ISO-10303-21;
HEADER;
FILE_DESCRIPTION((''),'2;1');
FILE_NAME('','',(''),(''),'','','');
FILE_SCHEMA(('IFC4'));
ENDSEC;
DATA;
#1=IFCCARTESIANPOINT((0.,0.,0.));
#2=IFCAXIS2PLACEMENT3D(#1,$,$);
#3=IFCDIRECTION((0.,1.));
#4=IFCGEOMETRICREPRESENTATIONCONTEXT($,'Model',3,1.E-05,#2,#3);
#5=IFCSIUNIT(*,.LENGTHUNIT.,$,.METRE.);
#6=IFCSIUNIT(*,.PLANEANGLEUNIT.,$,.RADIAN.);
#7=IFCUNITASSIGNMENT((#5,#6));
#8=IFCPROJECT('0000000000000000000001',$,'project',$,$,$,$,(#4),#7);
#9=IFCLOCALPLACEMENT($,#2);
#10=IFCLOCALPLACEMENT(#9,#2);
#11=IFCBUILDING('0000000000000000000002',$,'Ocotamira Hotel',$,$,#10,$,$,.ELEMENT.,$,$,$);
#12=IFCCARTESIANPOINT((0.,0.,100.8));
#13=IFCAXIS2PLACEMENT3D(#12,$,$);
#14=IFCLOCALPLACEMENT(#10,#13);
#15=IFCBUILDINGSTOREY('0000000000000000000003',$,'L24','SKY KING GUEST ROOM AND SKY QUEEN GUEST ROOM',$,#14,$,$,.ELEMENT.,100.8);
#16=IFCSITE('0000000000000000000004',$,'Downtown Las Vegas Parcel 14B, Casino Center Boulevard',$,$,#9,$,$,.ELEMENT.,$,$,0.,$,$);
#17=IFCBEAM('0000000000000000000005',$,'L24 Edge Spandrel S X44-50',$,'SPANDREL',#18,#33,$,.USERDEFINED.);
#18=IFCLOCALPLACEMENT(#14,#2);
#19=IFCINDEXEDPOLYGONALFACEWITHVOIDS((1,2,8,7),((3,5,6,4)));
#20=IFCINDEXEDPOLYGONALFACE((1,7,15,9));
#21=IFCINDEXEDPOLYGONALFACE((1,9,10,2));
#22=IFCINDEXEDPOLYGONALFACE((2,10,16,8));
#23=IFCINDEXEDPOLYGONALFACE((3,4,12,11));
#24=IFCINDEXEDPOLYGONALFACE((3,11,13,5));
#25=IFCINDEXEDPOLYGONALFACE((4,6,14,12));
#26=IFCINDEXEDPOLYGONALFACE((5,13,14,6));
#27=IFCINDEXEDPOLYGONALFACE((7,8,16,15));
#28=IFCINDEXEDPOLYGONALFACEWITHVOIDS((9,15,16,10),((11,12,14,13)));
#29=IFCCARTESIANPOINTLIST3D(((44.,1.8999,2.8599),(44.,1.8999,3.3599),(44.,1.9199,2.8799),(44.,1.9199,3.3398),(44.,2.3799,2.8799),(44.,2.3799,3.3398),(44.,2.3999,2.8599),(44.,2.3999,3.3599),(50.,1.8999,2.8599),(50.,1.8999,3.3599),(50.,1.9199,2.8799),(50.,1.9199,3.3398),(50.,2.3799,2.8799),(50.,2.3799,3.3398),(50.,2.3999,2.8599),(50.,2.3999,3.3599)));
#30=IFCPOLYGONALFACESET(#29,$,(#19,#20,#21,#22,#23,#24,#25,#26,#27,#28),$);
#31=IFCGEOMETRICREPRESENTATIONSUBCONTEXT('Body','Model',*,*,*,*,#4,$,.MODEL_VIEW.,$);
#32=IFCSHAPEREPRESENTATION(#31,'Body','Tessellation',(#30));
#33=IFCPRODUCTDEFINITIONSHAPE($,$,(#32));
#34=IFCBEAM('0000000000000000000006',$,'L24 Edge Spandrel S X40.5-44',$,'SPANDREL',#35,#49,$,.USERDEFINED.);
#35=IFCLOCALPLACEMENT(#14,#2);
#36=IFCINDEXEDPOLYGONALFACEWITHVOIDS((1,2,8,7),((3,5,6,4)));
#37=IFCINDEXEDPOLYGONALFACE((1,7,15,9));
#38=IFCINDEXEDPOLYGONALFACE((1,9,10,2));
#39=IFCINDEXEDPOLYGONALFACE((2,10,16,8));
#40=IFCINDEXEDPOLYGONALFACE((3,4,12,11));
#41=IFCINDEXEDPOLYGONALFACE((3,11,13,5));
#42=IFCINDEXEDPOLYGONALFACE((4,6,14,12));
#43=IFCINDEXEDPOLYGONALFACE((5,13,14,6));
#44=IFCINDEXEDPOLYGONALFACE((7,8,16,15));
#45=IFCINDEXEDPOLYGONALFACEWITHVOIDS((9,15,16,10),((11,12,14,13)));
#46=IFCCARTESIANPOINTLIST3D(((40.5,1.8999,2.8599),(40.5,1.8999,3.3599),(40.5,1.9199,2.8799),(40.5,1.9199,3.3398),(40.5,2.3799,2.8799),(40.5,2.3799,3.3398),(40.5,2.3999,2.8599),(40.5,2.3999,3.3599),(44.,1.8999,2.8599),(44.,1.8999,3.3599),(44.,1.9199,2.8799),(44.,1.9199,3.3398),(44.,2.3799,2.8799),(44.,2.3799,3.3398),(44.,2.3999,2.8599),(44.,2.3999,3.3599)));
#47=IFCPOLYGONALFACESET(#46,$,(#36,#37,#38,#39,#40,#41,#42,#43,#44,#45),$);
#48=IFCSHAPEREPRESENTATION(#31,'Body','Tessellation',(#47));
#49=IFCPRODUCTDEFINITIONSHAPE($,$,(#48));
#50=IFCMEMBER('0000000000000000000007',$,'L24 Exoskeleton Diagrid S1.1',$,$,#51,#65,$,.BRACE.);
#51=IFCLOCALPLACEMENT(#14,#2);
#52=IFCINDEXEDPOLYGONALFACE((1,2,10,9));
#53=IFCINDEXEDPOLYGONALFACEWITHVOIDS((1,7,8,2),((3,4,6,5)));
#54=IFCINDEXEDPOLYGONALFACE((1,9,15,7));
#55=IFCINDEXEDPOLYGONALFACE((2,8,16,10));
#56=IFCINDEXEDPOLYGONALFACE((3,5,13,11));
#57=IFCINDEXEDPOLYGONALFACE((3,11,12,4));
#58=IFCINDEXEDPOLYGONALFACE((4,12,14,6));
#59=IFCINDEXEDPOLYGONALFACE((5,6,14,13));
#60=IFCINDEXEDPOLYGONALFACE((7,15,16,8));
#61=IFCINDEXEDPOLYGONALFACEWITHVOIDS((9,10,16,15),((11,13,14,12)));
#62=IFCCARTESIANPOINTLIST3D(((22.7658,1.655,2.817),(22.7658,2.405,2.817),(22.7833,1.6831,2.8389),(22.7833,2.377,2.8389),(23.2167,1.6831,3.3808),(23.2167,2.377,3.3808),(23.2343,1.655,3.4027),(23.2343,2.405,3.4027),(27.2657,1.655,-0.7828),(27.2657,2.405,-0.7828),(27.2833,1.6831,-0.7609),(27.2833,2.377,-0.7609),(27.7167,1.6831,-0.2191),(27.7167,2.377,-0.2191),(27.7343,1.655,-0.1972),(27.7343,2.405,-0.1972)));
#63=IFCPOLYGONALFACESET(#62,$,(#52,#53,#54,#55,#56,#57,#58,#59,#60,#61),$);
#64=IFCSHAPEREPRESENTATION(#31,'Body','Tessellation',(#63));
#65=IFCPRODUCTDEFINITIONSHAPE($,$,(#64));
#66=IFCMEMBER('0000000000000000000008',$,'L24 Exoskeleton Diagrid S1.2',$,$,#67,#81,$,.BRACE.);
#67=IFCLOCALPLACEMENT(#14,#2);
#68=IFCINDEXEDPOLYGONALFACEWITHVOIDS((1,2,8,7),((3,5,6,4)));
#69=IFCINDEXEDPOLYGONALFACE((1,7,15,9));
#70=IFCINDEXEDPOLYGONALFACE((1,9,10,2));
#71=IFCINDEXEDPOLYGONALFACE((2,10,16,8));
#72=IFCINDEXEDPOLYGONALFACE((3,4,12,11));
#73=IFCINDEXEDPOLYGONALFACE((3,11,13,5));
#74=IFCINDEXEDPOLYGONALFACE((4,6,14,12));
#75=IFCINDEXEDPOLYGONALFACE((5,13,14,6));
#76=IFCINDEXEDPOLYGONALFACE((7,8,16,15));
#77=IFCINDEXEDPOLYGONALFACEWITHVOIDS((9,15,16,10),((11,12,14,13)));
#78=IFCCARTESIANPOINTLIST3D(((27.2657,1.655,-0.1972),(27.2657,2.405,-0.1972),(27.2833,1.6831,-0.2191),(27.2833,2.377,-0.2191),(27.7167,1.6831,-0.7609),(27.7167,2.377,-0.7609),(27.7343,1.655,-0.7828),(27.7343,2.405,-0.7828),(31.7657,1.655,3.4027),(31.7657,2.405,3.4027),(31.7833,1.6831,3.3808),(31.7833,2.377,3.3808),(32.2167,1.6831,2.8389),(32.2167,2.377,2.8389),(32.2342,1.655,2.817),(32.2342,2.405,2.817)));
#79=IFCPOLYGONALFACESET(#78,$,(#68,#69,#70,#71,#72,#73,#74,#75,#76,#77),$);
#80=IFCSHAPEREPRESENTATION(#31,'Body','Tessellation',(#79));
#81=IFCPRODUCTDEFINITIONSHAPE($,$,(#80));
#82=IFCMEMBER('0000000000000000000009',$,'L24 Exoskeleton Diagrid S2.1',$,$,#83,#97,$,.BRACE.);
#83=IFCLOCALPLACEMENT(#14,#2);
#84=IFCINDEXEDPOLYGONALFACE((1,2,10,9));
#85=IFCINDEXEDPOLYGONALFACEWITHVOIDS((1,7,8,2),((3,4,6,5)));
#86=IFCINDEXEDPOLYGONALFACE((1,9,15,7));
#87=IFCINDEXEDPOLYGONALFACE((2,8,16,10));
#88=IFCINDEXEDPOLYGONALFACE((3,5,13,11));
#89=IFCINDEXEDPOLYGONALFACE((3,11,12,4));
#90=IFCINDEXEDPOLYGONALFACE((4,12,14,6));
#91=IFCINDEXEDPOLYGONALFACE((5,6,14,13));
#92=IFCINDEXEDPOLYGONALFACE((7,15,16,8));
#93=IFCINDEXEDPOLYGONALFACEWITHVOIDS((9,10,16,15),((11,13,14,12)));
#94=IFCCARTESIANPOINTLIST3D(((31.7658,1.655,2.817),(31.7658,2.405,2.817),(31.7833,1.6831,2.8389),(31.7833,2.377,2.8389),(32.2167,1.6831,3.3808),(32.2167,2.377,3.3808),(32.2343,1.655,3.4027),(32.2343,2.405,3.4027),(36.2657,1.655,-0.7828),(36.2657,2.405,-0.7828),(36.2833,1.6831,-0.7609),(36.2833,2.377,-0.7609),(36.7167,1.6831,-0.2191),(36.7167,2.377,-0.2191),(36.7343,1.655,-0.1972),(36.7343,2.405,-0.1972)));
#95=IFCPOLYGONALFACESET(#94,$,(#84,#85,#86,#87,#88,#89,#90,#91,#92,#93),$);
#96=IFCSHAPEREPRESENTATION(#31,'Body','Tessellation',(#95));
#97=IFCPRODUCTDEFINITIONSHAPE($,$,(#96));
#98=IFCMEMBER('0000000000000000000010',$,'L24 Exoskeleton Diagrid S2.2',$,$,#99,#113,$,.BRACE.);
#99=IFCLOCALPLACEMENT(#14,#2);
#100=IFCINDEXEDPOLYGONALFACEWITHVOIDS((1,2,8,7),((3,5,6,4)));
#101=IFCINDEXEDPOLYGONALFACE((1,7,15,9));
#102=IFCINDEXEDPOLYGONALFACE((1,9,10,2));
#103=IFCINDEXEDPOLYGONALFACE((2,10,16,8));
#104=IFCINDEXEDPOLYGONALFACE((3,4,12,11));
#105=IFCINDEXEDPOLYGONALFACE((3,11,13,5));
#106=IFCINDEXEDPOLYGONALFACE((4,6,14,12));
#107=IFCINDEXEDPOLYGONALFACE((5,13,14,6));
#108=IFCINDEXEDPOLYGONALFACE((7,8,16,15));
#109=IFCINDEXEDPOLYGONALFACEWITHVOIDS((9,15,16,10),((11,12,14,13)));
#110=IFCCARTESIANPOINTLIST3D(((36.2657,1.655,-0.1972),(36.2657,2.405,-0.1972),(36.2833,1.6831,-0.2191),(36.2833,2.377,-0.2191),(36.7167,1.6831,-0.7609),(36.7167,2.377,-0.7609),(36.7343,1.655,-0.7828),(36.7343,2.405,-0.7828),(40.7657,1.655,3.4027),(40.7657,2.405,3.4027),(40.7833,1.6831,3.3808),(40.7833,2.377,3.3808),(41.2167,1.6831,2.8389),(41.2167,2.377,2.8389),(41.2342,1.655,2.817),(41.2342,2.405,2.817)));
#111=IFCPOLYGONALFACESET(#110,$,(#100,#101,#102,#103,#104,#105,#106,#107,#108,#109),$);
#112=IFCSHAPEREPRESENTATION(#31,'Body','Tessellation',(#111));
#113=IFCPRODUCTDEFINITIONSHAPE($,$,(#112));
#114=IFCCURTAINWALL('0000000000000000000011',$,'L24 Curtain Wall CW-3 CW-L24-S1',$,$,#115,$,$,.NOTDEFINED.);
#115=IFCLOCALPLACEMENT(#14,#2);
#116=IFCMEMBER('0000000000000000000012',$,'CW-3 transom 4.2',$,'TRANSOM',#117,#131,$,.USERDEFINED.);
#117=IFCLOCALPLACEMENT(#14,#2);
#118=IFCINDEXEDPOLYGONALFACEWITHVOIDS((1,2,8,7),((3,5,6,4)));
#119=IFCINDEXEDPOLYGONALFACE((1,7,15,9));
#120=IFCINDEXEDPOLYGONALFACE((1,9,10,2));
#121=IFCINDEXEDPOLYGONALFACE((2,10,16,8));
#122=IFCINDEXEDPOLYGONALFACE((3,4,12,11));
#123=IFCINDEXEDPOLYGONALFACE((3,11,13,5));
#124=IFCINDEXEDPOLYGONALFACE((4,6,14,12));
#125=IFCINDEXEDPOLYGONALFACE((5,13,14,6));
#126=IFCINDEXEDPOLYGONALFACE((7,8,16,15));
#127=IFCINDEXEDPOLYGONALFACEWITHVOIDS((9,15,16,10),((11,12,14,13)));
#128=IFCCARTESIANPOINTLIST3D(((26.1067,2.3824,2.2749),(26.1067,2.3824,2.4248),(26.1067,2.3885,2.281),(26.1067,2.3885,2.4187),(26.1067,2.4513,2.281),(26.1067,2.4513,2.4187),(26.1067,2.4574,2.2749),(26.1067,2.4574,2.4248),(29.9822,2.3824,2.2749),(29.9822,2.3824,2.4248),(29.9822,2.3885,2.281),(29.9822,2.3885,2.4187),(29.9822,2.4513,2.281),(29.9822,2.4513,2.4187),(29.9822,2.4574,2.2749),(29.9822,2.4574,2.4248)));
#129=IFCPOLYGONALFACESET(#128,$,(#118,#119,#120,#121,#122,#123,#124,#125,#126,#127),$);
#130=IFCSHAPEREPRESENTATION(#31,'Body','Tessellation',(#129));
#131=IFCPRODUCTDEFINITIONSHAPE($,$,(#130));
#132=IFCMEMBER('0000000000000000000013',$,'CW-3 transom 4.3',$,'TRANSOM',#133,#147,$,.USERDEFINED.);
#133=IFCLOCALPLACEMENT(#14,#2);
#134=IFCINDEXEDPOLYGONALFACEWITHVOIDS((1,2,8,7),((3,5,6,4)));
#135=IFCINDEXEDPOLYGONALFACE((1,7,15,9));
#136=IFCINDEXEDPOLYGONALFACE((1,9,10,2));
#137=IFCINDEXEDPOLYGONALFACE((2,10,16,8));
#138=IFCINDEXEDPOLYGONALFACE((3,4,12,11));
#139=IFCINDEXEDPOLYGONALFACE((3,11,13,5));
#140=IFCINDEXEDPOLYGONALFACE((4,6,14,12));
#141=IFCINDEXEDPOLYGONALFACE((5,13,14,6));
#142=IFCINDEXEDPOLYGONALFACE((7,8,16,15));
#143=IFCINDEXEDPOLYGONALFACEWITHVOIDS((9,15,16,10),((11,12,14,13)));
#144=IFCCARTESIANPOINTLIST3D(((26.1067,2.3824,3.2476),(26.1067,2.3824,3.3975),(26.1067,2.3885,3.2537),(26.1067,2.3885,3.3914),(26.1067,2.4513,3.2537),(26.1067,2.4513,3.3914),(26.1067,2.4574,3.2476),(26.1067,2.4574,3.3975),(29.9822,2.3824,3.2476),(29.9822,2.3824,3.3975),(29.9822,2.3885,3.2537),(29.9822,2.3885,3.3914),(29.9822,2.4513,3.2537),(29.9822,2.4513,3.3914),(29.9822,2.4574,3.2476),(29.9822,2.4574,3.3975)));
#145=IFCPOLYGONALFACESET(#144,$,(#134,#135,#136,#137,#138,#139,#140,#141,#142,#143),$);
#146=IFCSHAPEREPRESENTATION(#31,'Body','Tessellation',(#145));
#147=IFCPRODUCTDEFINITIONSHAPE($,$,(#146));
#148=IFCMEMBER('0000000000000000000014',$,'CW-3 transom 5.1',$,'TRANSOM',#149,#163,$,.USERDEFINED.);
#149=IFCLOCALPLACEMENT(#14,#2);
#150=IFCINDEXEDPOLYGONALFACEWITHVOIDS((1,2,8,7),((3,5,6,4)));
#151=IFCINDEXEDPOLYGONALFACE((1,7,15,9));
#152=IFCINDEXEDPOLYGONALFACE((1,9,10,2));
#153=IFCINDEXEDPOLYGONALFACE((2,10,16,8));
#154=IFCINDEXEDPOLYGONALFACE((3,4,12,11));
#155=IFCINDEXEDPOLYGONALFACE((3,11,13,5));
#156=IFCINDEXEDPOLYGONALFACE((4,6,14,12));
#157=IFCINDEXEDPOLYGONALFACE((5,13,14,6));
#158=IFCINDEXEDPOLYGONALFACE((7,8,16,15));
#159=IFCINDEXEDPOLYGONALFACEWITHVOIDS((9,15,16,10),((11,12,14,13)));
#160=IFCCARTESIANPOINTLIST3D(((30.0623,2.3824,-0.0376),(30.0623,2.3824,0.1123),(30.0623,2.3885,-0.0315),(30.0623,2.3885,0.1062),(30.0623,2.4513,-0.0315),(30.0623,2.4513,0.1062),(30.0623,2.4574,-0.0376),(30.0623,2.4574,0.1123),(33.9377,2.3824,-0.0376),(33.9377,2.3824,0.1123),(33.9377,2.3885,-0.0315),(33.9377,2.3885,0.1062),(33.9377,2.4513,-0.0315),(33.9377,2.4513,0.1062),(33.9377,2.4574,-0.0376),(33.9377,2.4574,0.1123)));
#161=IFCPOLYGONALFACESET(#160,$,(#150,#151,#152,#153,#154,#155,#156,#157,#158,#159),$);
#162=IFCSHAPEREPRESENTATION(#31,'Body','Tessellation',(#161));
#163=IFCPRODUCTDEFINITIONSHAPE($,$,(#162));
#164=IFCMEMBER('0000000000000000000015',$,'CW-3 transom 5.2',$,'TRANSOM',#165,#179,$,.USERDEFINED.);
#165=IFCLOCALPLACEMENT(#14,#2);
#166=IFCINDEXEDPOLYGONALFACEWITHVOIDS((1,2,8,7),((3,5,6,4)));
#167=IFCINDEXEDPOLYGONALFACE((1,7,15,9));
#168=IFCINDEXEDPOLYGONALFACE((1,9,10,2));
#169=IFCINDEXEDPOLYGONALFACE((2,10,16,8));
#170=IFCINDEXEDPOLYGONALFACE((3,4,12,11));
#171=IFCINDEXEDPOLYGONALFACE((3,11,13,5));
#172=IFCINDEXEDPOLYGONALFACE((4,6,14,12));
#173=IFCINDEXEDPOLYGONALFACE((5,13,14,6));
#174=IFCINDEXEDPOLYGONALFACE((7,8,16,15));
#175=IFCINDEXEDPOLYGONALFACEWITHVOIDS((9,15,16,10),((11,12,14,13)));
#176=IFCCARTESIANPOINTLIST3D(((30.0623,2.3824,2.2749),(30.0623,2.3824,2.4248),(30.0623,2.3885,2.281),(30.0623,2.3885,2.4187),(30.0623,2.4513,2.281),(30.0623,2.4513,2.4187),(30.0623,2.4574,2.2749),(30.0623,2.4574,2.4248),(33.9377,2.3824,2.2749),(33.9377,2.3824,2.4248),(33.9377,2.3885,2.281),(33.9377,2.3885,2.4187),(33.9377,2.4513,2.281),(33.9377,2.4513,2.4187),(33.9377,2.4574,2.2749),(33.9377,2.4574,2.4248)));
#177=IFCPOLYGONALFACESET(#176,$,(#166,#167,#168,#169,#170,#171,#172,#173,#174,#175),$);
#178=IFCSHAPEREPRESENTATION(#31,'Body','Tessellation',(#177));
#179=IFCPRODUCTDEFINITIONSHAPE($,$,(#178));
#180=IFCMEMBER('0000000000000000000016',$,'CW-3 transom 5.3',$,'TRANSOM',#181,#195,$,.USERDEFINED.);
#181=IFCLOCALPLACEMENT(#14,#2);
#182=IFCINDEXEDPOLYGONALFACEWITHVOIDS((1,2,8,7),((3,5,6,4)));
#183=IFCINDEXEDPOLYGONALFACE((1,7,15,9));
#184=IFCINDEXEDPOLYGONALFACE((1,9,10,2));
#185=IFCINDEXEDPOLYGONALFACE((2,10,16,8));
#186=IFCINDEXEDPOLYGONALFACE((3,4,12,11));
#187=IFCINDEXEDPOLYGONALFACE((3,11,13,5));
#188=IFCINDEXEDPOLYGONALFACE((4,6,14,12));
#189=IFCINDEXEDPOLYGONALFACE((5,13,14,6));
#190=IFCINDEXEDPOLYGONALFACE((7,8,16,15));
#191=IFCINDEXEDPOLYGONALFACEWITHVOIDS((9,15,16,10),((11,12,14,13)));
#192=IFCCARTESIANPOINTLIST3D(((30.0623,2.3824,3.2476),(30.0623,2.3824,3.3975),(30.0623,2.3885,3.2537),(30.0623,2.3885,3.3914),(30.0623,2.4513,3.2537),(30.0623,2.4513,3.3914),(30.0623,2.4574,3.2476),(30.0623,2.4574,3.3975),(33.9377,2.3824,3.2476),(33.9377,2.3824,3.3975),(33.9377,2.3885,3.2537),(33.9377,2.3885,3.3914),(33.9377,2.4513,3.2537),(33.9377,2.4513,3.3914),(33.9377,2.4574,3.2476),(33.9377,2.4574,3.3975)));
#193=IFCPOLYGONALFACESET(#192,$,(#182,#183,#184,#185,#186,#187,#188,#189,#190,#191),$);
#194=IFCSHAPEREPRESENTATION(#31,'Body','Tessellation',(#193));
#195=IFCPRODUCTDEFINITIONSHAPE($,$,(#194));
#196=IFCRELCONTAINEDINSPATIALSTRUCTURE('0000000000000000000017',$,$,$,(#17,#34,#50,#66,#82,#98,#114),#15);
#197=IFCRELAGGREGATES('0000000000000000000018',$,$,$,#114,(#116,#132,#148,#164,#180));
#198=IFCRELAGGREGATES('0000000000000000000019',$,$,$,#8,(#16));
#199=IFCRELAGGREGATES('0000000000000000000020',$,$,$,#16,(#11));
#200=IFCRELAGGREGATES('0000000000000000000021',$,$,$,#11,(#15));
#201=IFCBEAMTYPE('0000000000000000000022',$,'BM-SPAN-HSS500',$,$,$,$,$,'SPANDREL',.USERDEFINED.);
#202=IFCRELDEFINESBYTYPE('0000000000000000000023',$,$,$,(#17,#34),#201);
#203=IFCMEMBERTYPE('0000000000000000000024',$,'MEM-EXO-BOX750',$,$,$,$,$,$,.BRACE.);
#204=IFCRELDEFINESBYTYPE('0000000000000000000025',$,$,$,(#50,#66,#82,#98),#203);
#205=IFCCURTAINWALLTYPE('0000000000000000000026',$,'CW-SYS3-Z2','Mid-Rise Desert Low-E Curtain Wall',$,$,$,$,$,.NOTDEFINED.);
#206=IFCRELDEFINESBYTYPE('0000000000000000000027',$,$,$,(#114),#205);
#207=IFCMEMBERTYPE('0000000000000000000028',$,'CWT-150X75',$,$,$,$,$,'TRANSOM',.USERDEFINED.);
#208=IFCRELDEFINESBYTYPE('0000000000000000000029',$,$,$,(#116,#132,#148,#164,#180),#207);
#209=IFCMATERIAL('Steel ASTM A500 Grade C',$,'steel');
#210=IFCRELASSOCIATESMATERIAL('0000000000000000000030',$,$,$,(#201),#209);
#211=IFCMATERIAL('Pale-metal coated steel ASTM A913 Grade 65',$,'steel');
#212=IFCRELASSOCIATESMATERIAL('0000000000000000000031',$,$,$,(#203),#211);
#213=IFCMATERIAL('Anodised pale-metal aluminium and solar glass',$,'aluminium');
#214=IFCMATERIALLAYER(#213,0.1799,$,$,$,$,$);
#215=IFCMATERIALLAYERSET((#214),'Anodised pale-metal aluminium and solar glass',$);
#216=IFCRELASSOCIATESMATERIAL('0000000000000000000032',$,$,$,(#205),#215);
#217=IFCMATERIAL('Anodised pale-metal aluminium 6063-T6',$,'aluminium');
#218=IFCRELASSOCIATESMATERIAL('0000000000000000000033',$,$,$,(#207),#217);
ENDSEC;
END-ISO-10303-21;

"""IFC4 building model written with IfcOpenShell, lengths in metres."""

from ifc_helpers import new_model, si_unit, direction, frame, origin, origin_2d, place, context, subcontext, project, spatial, hollow_rectangle, extrude, source, transform, mapped, material, layer, layer_set, material_profile, profile_set, type_object, element, aggregate, save


model = new_model("IFC4")

# Units and contexts
model_context = context("Model", 3, precision=1e-05, world=origin(), true_north=direction((0.0, 1.0)))
body_context = subcontext(model_context, "Body", "Model", "MODEL_VIEW")
ifc_project = project(units=[si_unit("LENGTHUNIT", "METRE"), si_unit("PLANEANGLEUNIT", "RADIAN")], contexts=[model_context])

# Site, building, storey
site_placement = place(None, origin())
site = spatial("IfcSite", under=ifc_project, at=site_placement, Name="Downtown Las Vegas Parcel 14B, Casino Center Boulevard", CompositionType="ELEMENT", RefElevation=0.0)
building_placement = place(site_placement, origin())
building = spatial("IfcBuilding", under=site, at=building_placement, Name="Ocotamira Hotel", CompositionType="ELEMENT")
storey_placement = place(building_placement, frame((0.0, 0.0, 100.8)))
storey = spatial("IfcBuildingStorey", under=building, at=storey_placement, Name="L24", Description="SKY KING GUEST ROOM AND SKY QUEEN GUEST ROOM", CompositionType="ELEMENT", Elevation=100.8)

# Beams
ifc_material_1 = material(Name="Steel ASTM A500 Grade C", Category="steel")
ifc_material_profile_1 = material_profile(ifc_material_1, hollow_rectangle(XDim=0.5, YDim=0.5, WallThickness=0.02, at=origin_2d()), Name="HSS500X500X20")
ifc_profile_set_1 = profile_set([ifc_material_profile_1], Name="Steel ASTM A500 Grade C")
beam_type = type_object("IfcBeamType", Name="BM-SPAN-HSS500", ElementType="SPANDREL", PredefinedType="USERDEFINED", material=ifc_profile_set_1)
shared_shape_1 = source(origin(), body_context, "Body", "SweptSolid", [
    extrude(hollow_rectangle(XDim=0.5, YDim=0.5, WallThickness=0.02, at=origin_2d()), origin(), (0.0, 0.0, 1.0), 6.0),
])
beam_1_placement = place(storey_placement, frame((44.0, 2.1499, 3.1099), z_axis=(1.0, 0.0, 0.0), x_axis=(0.0, 1.0, 0.0)))
element("IfcBeam", 1, at=beam_1_placement, inside=storey, type_object=beam_type, Name="L24 Edge Spandrel S X44-50", ObjectType="SPANDREL", PredefinedType="USERDEFINED", context=body_context, shape_type="MappedRepresentation", body=[
    mapped(shared_shape_1, transform((0.0, 0.0, 0.0), scale=1.0)),
])
shared_shape_2 = source(origin(), body_context, "Body", "SweptSolid", [
    extrude(hollow_rectangle(XDim=0.5, YDim=0.5, WallThickness=0.02, at=origin_2d()), origin(), (0.0, 0.0, 1.0), 3.5),
])
beam_2_placement = place(storey_placement, frame((40.5, 2.1499, 3.1099), z_axis=(1.0, 0.0, 0.0), x_axis=(0.0, 1.0, 0.0)))
element("IfcBeam", 2, at=beam_2_placement, inside=storey, type_object=beam_type, Name="L24 Edge Spandrel S X40.5-44", ObjectType="SPANDREL", PredefinedType="USERDEFINED", context=body_context, shape_type="MappedRepresentation", body=[
    mapped(shared_shape_2, transform((0.0, 0.0, 0.0), scale=1.0)),
])

# Members
ifc_material_2 = material(Name="Pale-metal coated steel ASTM A913 Grade 65", Category="steel")
ifc_material_profile_2 = material_profile(ifc_material_2, hollow_rectangle(XDim=0.75, YDim=0.75, WallThickness=0.0281, at=origin_2d()), Name="BOX750X750X28")
ifc_profile_set_2 = profile_set([ifc_material_profile_2], Name="Pale-metal coated steel ASTM A913 Grade 65")
member_type_1 = type_object("IfcMemberType", Name="MEM-EXO-BOX750", PredefinedType="BRACE", material=ifc_profile_set_2)
shared_shape_3 = source(origin(), body_context, "Body", "SweptSolid", [
    extrude(hollow_rectangle(XDim=0.75, YDim=0.75, WallThickness=0.0281, at=origin_2d()), origin(), (0.0, 0.0, 1.0), 5.7627),
])
for number, where, z_axis, x_axis, name in (
    (3, (27.5, 2.03, -0.49), (-0.780881, 0.0, 0.62468), (0.0, -1.0, 0.0), "L24 Exoskeleton Diagrid S1.1"),
    (4, (27.5, 2.03, -0.49), (0.780881, 0.0, 0.62468), (0.0, 1.0, 0.0), "L24 Exoskeleton Diagrid S1.2"),
    (5, (36.5, 2.03, -0.49), (-0.780881, 0.0, 0.62468), (0.0, -1.0, 0.0), "L24 Exoskeleton Diagrid S2.1"),
    (6, (36.5, 2.03, -0.49), (0.780881, 0.0, 0.62468), (0.0, 1.0, 0.0), "L24 Exoskeleton Diagrid S2.2"),
):
    element("IfcMember", number, at=place(storey_placement, frame(where, z_axis=z_axis, x_axis=x_axis)), inside=storey, type_object=member_type_1, Name=name, PredefinedType="BRACE", context=body_context, shape_type="MappedRepresentation", body=[
        mapped(shared_shape_3, transform((0.0, 0.0, 0.0), scale=1.0)),
    ])

# Curtain wall, members
ifc_material_3 = material(Name="Anodised pale-metal aluminium and solar glass", Category="aluminium")
ifc_layer_1 = layer(ifc_material_3, 0.1799)
ifc_layer_set_1 = layer_set([ifc_layer_1], Name="Anodised pale-metal aluminium and solar glass")
curtain_wall_type = type_object("IfcCurtainWallType", Name="CW-SYS3-Z2", Description="Mid-Rise Desert Low-E Curtain Wall", PredefinedType="NOTDEFINED", material=ifc_layer_set_1)
curtain_wall_placement = place(storey_placement, origin())
curtain_wall = element("IfcCurtainWall", 7, at=curtain_wall_placement, inside=storey, type_object=curtain_wall_type, Name="L24 Curtain Wall CW-3 CW-L24-S1", PredefinedType="NOTDEFINED")
ifc_material_4 = material(Name="Anodised pale-metal aluminium 6063-T6", Category="aluminium")
ifc_material_profile_3 = material_profile(ifc_material_4, hollow_rectangle(XDim=0.075, YDim=0.1499, WallThickness=0.0061, at=origin_2d()), Name="HSS150X75X6")
ifc_profile_set_3 = profile_set([ifc_material_profile_3], Name="Anodised pale-metal aluminium 6063-T6")
member_type_2 = type_object("IfcMemberType", Name="CWT-150X75", ElementType="TRANSOM", PredefinedType="USERDEFINED", material=ifc_profile_set_3)
shared_shape_4 = source(origin(), body_context, "Body", "SweptSolid", [
    extrude(hollow_rectangle(XDim=0.075, YDim=0.1499, WallThickness=0.0061, at=origin_2d()), origin(), (0.0, 0.0, 1.0), 3.8755),
])
member_1_placement = place(storey_placement, frame((26.1067, 2.4199, 2.3499), z_axis=(1.0, 0.0, 0.0), x_axis=(0.0, 1.0, 0.0)))
member_1 = element("IfcMember", 8, at=member_1_placement, type_object=member_type_2, Name="CW-3 transom 4.2", ObjectType="TRANSOM", PredefinedType="USERDEFINED", context=body_context, shape_type="MappedRepresentation", body=[
    mapped(shared_shape_4, transform((0.0, 0.0, 0.0), scale=1.0)),
])
member_2_placement = place(storey_placement, frame((26.1067, 2.4199, 3.3225), z_axis=(1.0, 0.0, 0.0), x_axis=(0.0, 1.0, 0.0)))
member_2 = element("IfcMember", 9, at=member_2_placement, type_object=member_type_2, Name="CW-3 transom 4.3", ObjectType="TRANSOM", PredefinedType="USERDEFINED", context=body_context, shape_type="MappedRepresentation", body=[
    mapped(shared_shape_4, transform((0.0, 0.0, 0.0), scale=1.0)),
])
member_3_placement = place(storey_placement, frame((30.0623, 2.4199, 0.0374), z_axis=(1.0, 0.0, 0.0), x_axis=(0.0, 1.0, 0.0)))
member_3 = element("IfcMember", 10, at=member_3_placement, type_object=member_type_2, Name="CW-3 transom 5.1", ObjectType="TRANSOM", PredefinedType="USERDEFINED", context=body_context, shape_type="MappedRepresentation", body=[
    mapped(shared_shape_4, transform((0.0, 0.0, 0.0), scale=1.0)),
])
member_4_placement = place(storey_placement, frame((30.0623, 2.4199, 2.3499), z_axis=(1.0, 0.0, 0.0), x_axis=(0.0, 1.0, 0.0)))
member_4 = element("IfcMember", 11, at=member_4_placement, type_object=member_type_2, Name="CW-3 transom 5.2", ObjectType="TRANSOM", PredefinedType="USERDEFINED", context=body_context, shape_type="MappedRepresentation", body=[
    mapped(shared_shape_4, transform((0.0, 0.0, 0.0), scale=1.0)),
])
member_5_placement = place(storey_placement, frame((30.0623, 2.4199, 3.3225), z_axis=(1.0, 0.0, 0.0), x_axis=(0.0, 1.0, 0.0)))
member_5 = element("IfcMember", 12, at=member_5_placement, type_object=member_type_2, Name="CW-3 transom 5.3", ObjectType="TRANSOM", PredefinedType="USERDEFINED", context=body_context, shape_type="MappedRepresentation", body=[
    mapped(shared_shape_4, transform((0.0, 0.0, 0.0), scale=1.0)),
])

aggregate(curtain_wall, [member_1, member_2, member_3, member_4, member_5])

save(model, "model.ifc")
